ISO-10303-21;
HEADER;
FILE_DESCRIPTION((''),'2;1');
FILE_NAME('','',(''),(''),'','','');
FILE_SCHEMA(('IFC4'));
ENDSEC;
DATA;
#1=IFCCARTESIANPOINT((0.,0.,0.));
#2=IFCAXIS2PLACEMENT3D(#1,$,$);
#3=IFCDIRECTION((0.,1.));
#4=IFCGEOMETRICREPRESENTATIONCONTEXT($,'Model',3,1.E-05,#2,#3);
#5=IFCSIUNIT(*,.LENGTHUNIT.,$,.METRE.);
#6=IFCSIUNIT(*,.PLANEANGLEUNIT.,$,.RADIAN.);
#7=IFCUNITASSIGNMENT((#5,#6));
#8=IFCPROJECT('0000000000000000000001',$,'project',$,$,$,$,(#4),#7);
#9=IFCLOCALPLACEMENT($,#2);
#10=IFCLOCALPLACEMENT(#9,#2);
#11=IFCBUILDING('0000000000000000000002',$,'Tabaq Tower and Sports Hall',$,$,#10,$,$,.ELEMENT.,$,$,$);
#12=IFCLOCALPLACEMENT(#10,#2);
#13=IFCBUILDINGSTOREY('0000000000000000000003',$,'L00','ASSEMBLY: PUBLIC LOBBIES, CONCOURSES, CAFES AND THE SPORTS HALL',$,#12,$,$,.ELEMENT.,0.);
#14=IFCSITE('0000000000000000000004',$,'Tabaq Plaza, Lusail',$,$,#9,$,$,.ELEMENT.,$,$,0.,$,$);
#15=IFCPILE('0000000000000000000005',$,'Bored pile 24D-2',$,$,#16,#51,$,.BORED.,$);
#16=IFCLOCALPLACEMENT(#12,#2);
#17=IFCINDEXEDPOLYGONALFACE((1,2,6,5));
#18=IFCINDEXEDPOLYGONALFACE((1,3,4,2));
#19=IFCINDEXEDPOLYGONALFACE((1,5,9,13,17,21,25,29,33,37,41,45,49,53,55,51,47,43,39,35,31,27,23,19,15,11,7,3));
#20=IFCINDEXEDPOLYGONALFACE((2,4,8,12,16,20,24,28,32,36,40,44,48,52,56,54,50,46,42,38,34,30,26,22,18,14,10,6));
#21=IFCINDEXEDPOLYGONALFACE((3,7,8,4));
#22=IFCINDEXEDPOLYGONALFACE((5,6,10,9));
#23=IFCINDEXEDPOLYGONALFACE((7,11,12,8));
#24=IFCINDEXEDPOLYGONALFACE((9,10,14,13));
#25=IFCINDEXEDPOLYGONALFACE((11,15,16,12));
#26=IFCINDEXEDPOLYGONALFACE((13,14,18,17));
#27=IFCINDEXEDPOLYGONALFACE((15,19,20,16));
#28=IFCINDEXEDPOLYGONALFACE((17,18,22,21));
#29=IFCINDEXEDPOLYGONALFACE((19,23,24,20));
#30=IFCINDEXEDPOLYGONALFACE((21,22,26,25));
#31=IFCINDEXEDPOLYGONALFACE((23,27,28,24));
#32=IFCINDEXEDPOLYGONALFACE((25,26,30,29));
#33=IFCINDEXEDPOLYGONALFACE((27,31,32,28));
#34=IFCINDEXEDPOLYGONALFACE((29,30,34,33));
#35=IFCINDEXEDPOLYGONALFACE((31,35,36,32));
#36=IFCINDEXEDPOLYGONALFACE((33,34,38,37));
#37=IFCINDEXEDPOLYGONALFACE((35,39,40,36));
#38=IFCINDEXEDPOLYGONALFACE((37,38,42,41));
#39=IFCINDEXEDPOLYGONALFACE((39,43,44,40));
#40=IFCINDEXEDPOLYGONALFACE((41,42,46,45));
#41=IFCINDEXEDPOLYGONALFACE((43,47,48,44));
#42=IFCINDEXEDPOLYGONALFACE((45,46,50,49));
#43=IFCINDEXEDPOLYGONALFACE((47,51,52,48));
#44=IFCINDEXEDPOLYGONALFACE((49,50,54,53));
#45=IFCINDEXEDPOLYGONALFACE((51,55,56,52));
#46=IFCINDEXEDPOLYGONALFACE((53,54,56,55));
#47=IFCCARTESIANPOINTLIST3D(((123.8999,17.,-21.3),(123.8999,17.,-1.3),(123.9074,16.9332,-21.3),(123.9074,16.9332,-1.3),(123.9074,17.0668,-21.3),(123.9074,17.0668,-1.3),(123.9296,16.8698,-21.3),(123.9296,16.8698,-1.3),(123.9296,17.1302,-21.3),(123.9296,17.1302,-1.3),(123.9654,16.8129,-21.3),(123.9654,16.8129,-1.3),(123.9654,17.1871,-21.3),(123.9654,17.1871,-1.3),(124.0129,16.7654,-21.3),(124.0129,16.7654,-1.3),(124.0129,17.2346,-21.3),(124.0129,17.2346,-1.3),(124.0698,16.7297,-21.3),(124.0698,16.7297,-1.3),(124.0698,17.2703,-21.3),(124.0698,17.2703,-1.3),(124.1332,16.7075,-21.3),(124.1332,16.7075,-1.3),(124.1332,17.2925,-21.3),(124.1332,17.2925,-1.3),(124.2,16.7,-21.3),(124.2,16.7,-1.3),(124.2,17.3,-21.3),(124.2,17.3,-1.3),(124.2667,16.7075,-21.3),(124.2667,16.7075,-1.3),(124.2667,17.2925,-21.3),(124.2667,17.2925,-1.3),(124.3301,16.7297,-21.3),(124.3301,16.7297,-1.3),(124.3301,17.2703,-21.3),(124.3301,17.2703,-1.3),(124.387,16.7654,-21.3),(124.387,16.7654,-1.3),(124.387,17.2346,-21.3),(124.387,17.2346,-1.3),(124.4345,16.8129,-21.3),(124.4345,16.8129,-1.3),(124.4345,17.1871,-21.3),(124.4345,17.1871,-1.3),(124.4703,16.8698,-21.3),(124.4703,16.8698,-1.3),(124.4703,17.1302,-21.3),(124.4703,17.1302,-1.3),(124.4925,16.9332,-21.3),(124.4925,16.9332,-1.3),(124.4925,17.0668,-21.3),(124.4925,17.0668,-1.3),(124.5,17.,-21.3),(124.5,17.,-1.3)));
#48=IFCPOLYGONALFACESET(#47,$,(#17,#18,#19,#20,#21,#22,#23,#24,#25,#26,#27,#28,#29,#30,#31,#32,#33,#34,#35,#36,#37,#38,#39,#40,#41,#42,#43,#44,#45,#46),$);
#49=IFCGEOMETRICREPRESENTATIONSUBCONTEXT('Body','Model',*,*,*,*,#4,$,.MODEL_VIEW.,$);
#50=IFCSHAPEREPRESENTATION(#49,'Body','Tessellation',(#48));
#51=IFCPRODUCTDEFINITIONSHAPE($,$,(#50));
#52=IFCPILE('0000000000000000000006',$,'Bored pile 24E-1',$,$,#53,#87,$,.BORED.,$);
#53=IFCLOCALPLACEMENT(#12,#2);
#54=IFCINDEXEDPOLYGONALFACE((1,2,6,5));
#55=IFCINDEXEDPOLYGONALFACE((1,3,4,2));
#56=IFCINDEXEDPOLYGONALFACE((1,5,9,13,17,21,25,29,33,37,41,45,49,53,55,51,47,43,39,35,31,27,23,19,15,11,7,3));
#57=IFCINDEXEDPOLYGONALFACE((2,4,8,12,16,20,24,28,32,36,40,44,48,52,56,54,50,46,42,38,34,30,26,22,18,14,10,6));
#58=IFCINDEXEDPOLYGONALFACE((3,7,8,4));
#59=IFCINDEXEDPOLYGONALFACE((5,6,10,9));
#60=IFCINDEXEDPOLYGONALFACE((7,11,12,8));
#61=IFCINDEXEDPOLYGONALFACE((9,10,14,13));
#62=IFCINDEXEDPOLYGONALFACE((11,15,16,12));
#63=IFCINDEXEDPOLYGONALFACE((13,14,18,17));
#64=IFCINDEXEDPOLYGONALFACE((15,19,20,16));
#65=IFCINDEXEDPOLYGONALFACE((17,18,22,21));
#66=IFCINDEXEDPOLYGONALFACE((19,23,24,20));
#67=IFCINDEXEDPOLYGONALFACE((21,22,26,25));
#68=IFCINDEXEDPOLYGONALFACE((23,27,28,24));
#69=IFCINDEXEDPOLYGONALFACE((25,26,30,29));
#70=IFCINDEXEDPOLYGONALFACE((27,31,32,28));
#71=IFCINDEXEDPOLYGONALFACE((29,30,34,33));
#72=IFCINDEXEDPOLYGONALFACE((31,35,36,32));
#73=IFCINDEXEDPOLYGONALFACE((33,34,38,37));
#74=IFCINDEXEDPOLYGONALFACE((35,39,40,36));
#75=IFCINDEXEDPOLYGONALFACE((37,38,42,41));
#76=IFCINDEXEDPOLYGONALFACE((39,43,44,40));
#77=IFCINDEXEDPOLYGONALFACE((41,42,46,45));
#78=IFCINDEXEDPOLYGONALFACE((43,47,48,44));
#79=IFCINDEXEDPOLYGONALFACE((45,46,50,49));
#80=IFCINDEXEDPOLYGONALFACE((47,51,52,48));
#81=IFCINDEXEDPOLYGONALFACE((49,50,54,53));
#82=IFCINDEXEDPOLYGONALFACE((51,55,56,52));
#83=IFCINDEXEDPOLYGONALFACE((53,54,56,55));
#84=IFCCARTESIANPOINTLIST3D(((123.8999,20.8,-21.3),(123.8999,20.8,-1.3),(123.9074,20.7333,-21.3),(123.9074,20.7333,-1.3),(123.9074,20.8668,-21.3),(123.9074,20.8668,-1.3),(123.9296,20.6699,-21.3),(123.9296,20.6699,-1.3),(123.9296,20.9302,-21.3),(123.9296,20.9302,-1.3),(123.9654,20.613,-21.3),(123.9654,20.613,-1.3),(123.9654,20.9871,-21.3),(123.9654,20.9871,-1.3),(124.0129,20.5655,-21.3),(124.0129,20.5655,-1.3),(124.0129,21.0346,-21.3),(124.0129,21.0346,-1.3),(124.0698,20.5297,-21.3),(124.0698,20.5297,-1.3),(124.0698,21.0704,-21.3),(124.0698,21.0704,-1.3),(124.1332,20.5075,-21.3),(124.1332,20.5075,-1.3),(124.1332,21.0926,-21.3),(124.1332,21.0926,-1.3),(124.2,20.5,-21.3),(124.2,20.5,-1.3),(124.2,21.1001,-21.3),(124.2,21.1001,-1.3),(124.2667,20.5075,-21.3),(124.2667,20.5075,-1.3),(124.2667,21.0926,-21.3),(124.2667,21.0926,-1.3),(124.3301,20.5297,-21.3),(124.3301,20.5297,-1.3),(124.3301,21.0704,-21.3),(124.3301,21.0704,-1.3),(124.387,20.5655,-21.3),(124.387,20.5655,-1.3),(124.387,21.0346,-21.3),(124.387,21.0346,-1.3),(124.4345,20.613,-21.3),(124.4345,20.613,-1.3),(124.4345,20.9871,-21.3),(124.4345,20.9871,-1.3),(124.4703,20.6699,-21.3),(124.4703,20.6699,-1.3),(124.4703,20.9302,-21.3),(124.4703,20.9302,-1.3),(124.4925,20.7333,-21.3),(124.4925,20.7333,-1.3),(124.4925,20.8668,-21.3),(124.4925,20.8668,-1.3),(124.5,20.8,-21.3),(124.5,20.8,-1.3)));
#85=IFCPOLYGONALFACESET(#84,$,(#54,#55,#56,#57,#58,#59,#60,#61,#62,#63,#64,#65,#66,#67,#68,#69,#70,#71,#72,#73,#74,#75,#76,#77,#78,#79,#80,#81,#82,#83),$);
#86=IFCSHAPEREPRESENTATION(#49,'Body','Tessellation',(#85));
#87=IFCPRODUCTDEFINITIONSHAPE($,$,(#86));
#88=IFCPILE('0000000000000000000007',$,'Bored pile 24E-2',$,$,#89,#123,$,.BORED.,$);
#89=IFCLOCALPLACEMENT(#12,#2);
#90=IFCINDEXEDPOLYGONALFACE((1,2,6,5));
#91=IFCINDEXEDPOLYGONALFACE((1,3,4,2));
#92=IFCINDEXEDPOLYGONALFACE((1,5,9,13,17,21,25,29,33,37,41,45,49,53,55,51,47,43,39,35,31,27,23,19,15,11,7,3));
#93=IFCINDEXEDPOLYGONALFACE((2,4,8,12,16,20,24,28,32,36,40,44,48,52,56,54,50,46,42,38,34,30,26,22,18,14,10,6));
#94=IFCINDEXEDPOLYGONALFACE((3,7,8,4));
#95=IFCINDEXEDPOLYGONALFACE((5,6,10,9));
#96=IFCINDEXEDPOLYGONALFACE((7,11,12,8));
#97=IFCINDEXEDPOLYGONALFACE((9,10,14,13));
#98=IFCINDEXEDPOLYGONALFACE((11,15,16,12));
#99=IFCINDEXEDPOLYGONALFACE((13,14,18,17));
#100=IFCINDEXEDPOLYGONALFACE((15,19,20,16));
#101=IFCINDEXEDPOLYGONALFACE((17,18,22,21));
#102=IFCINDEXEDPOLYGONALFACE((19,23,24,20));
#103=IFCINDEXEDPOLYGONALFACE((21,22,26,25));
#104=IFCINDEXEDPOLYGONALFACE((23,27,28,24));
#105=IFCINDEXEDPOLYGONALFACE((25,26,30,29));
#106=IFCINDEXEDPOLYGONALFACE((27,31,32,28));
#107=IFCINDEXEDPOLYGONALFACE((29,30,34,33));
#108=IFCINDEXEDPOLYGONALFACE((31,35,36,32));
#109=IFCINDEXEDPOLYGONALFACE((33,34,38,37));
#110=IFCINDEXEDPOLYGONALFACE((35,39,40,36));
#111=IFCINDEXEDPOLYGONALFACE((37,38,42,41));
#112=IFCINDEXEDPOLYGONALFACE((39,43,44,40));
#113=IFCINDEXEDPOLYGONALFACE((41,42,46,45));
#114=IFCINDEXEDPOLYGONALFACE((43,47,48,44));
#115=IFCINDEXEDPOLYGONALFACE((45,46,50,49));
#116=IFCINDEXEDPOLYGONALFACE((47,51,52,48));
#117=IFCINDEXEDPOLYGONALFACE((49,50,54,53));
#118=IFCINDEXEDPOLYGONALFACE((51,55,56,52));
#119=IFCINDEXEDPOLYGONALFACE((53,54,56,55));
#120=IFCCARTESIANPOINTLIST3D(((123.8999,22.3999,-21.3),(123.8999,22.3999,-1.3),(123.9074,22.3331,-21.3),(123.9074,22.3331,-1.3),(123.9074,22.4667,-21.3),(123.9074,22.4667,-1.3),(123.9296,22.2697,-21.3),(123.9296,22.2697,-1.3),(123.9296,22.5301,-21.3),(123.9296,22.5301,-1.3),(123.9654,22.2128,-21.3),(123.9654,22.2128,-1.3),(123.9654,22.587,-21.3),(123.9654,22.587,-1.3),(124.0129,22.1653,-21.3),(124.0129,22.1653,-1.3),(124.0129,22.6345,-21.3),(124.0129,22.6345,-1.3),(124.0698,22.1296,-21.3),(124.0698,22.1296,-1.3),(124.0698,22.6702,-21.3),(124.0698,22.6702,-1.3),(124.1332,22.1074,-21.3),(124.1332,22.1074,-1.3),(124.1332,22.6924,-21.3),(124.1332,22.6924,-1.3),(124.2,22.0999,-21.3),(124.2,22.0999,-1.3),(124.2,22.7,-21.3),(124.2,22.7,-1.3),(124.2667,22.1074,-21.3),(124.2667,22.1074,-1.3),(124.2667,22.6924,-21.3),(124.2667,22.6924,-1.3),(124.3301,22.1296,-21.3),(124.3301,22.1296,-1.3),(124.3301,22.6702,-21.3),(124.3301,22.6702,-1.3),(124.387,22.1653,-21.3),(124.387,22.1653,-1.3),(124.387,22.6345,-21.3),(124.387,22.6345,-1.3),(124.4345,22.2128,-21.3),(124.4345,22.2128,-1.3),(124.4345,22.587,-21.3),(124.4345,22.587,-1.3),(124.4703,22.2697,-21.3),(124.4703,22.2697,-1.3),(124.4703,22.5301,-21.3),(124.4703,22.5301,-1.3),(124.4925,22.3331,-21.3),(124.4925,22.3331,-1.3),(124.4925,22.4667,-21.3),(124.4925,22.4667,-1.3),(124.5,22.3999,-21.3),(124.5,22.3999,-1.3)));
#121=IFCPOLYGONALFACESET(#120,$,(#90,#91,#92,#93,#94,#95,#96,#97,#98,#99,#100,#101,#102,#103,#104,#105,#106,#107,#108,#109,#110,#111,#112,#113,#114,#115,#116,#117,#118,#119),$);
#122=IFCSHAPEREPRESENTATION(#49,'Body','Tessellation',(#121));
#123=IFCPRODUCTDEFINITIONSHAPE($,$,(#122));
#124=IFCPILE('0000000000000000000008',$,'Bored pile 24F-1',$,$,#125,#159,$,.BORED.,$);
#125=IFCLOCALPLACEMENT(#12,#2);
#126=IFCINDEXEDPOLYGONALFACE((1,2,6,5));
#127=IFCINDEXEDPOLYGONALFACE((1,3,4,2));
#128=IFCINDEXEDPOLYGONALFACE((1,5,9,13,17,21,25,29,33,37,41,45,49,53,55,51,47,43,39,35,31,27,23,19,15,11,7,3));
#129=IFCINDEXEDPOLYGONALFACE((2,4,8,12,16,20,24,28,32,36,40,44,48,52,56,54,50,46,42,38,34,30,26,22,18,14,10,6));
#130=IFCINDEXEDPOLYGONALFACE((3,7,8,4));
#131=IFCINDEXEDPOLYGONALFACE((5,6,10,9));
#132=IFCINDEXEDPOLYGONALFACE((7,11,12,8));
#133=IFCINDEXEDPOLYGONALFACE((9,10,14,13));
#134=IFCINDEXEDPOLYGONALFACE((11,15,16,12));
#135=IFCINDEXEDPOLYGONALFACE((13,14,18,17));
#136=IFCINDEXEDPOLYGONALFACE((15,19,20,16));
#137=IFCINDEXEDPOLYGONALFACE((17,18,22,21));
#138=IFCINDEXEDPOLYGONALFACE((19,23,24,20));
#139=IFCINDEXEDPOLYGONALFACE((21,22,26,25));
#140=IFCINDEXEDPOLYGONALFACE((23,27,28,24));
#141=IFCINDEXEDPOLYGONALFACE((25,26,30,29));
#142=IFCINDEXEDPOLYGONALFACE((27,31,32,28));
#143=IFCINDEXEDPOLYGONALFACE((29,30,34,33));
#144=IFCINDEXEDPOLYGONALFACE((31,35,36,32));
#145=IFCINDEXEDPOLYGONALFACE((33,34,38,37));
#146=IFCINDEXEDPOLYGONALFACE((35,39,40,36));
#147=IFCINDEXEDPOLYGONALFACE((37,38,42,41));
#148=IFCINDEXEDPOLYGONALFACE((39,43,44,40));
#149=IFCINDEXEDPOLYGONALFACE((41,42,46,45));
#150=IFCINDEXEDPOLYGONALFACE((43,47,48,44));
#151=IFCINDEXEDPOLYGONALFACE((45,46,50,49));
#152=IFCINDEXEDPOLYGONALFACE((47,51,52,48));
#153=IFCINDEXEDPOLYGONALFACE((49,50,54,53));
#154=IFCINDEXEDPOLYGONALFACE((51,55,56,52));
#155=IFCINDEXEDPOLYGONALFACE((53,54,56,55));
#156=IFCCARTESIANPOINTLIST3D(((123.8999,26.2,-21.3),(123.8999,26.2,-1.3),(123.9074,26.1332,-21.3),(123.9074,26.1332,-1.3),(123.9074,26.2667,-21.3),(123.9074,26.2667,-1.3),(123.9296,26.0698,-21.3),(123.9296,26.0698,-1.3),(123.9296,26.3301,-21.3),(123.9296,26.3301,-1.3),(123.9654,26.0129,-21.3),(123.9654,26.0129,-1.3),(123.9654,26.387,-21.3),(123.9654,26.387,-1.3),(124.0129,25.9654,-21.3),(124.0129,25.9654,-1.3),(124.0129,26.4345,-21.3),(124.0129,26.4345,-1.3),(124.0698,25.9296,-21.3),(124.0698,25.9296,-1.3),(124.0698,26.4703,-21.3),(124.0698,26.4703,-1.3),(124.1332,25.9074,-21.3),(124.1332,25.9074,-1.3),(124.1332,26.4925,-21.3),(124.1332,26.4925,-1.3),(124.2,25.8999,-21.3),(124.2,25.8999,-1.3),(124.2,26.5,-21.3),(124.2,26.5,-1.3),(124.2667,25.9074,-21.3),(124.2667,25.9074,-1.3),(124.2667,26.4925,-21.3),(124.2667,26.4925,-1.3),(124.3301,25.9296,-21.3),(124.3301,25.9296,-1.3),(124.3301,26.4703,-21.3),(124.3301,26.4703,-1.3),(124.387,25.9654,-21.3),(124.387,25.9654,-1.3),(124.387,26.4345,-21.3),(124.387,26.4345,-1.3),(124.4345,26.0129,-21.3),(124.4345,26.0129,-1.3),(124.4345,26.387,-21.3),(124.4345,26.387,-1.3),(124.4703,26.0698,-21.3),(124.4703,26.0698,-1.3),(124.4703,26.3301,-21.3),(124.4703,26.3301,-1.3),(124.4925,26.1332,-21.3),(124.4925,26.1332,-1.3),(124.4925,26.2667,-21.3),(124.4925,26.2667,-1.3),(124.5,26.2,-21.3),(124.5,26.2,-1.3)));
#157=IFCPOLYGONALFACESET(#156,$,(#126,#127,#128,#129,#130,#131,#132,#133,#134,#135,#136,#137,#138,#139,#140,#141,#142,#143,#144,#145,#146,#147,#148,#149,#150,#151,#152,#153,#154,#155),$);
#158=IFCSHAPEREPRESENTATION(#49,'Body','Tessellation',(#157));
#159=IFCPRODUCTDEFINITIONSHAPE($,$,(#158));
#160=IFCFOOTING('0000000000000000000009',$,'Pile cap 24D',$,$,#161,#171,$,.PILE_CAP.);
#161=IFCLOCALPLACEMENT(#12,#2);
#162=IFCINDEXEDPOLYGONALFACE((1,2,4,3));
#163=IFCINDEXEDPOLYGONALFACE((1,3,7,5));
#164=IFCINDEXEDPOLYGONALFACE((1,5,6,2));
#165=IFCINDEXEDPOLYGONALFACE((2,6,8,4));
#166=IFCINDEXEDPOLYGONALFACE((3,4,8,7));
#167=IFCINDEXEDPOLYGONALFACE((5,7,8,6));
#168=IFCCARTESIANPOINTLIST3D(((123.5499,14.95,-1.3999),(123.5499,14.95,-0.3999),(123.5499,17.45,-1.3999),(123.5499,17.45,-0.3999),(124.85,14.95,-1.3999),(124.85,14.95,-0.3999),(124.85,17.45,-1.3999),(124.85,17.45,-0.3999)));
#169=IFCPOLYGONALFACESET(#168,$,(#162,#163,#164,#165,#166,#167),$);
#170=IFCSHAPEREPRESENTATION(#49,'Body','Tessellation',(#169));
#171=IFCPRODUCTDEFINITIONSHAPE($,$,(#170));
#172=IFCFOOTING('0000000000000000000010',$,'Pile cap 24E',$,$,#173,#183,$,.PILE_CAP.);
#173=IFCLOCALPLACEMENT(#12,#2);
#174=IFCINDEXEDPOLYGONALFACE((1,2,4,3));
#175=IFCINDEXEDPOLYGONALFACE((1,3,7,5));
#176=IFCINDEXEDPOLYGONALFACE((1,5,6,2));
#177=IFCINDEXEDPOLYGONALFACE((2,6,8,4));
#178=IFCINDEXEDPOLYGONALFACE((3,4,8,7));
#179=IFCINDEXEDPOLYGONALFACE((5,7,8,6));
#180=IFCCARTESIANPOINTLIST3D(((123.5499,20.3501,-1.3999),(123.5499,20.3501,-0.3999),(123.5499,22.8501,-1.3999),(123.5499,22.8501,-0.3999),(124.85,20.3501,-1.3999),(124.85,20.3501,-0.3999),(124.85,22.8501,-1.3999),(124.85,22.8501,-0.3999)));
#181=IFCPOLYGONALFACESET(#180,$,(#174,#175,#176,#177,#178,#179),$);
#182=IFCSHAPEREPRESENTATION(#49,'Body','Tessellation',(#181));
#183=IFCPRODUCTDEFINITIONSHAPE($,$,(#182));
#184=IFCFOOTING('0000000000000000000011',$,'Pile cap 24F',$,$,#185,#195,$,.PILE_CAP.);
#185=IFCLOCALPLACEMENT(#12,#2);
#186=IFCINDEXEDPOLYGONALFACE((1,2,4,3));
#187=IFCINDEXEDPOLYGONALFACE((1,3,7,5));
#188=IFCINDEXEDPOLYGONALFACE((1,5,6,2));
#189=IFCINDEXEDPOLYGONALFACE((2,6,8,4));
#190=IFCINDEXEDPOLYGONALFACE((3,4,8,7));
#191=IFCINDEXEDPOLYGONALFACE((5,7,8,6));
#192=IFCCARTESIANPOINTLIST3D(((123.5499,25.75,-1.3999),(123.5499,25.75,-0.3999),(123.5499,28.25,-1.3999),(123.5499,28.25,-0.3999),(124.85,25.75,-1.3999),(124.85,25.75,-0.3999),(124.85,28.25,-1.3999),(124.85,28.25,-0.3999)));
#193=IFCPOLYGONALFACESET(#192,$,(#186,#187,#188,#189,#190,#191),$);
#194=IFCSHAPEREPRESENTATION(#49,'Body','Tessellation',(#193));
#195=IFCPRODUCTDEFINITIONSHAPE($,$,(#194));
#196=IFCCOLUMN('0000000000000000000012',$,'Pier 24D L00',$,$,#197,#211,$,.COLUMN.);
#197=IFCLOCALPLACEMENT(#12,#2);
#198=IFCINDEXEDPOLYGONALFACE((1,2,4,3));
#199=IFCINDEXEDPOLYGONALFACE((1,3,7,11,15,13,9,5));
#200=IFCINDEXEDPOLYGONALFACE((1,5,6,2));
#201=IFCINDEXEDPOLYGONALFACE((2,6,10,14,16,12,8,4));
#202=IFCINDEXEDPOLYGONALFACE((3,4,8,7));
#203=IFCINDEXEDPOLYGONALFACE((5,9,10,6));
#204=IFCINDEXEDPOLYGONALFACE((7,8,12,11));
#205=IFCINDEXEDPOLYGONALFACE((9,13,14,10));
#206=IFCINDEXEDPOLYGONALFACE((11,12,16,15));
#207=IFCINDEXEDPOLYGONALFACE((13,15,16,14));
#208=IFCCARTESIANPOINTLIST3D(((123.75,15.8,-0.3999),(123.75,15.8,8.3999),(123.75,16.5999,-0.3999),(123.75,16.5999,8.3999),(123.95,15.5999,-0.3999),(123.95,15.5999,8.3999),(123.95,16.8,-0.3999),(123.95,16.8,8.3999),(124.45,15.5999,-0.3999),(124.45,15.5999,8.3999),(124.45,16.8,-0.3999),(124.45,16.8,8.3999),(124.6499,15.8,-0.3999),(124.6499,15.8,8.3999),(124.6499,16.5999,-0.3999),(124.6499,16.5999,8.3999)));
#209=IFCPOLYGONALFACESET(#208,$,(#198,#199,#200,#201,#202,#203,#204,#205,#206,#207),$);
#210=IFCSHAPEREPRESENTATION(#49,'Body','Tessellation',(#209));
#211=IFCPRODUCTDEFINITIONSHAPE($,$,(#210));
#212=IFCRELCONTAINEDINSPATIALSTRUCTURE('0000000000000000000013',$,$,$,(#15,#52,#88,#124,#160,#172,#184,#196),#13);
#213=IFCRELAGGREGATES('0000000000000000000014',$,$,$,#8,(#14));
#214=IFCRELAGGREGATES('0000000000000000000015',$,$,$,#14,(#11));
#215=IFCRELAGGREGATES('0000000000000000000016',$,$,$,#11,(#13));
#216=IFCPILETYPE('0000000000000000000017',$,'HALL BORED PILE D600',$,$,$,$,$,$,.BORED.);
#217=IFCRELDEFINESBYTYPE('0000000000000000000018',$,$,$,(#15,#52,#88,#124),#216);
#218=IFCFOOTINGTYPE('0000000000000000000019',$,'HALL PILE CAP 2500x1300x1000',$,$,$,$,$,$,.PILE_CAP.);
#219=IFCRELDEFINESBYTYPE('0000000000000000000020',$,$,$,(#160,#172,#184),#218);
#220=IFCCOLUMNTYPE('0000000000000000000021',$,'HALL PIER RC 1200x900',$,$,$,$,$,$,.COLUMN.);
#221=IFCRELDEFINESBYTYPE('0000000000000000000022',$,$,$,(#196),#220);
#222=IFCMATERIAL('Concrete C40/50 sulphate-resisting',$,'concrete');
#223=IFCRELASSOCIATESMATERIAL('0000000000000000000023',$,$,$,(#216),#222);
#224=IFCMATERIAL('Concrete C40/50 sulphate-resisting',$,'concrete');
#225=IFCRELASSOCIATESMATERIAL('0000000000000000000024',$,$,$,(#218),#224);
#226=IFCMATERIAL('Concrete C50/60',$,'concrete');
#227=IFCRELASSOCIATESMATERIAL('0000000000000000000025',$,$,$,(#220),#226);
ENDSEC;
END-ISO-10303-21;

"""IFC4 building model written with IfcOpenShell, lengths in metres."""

from ifc_helpers import new_model, si_unit, direction, frame, origin, origin_2d, place, context, subcontext, project, spatial, polyline, rectangle, circle, outline, extrude, material, material_profile, profile_set, type_object, element, save


model = new_model("IFC4")

# Units and contexts
model_context = context("Model", 3, precision=1e-05, world=origin(), true_north=direction((0.0, 1.0)))
body_context = subcontext(model_context, "Body", "Model", "MODEL_VIEW")
ifc_project = project(units=[si_unit("LENGTHUNIT", "METRE"), si_unit("PLANEANGLEUNIT", "RADIAN")], contexts=[model_context])

# Site, building, storey
site_placement = place(None, origin())
site = spatial("IfcSite", under=ifc_project, at=site_placement, Name="Tabaq Plaza, Lusail", CompositionType="ELEMENT", RefElevation=0.0)
building_placement = place(site_placement, origin())
building = spatial("IfcBuilding", under=site, at=building_placement, Name="Tabaq Tower and Sports Hall", CompositionType="ELEMENT")
storey_placement = place(building_placement, origin())
storey = spatial("IfcBuildingStorey", under=building, at=storey_placement, Name="L00", Description="ASSEMBLY: PUBLIC LOBBIES, CONCOURSES, CAFES AND THE SPORTS HALL", CompositionType="ELEMENT", Elevation=0.0)

# Piles
ifc_material_1 = material(Name="Concrete C40/50 sulphate-resisting", Category="concrete")
ifc_material_profile_1 = material_profile(ifc_material_1, circle(Radius=0.3, at=origin_2d()), Name="D600")
ifc_profile_set_1 = profile_set([ifc_material_profile_1], Name="Concrete C40/50 sulphate-resisting")
pile_type = type_object("IfcPileType", Name="HALL BORED PILE D600", PredefinedType="BORED", material=ifc_profile_set_1)
for number, where, z_axis, x_axis, name in (
    (1, (124.2, 17.0, -1.3), (0.0, 0.0, -1.0), (1.0, 0.0, 0.0), "Bored pile 24D-2"),
    (2, (124.2, 20.8, -1.3), (0.0, 0.0, -1.0), (1.0, 0.0, 0.0), "Bored pile 24E-1"),
    (3, (124.2, 22.3999, -1.3), (0.0, 0.0, -1.0), (1.0, 0.0, 0.0), "Bored pile 24E-2"),
    (4, (124.2, 26.2, -1.3), (0.0, 0.0, -1.0), (1.0, 0.0, 0.0), "Bored pile 24F-1"),
):
    element("IfcPile", number, at=place(storey_placement, frame(where, z_axis=z_axis, x_axis=x_axis)), inside=storey, type_object=pile_type, Name=name, PredefinedType="BORED", context=body_context, shape_type="SweptSolid", body=[
        extrude(circle(Radius=0.3, at=origin_2d()), origin(), (0.0, 0.0, 1.0), 20.0),
    ])

# Footings
ifc_material_2 = material(Name="Concrete C40/50 sulphate-resisting", Category="concrete")
footing_type = type_object("IfcFootingType", Name="HALL PILE CAP 2500x1300x1000", PredefinedType="PILE_CAP", material=ifc_material_2)
for number, where, z_axis, x_axis, name in (
    (5, (124.2, 16.2, -1.3999), (0.0, 0.0, 1.0), (0.0, 1.0, 0.0), "Pile cap 24D"),
    (6, (124.2, 21.6001, -1.3999), (0.0, 0.0, 1.0), (0.0, 1.0, 0.0), "Pile cap 24E"),
    (7, (124.2, 27.0, -1.3999), (0.0, 0.0, 1.0), (0.0, 1.0, 0.0), "Pile cap 24F"),
):
    element("IfcFooting", number, at=place(storey_placement, frame(where, z_axis=z_axis, x_axis=x_axis)), inside=storey, type_object=footing_type, Name=name, PredefinedType="PILE_CAP", context=body_context, shape_type="SweptSolid", body=[
        extrude(rectangle(XDim=2.5, YDim=1.3, at=origin_2d()), origin(), (0.0, 0.0, 1.0), 1.0),
    ])

# Column
ifc_material_3 = material(Name="Concrete C50/60", Category="concrete")
ifc_material_profile_2 = material_profile(ifc_material_3, outline(polyline([(-0.3999, -0.45), (0.3999, -0.45), (0.6001, -0.25), (0.6001, 0.25), (0.3999, 0.45), (-0.3999, 0.45), (-0.6001, 0.25), (-0.6001, -0.25), (-0.3999, -0.45)])), Name="PIER 1200x900")
ifc_profile_set_2 = profile_set([ifc_material_profile_2], Name="Concrete C50/60")
column_type = type_object("IfcColumnType", Name="HALL PIER RC 1200x900", PredefinedType="COLUMN", material=ifc_profile_set_2)
for number, where, z_axis, x_axis, name in (
    (8, (124.2, 16.2, -0.3999), (0.0, 0.0, 1.0), (0.0, 1.0, 0.0), "Pier 24D L00"),
):
    element("IfcColumn", number, at=place(storey_placement, frame(where, z_axis=z_axis, x_axis=x_axis)), inside=storey, type_object=column_type, Name=name, PredefinedType="COLUMN", context=body_context, shape_type="SweptSolid", body=[
        extrude(outline(polyline([(-0.3999, -0.45), (0.3999, -0.45), (0.6001, -0.25), (0.6001, 0.25), (0.3999, 0.45), (-0.3999, 0.45), (-0.6001, 0.25), (-0.6001, -0.25), (-0.3999, -0.45)])), origin(), (0.0, 0.0, 1.0), 8.7998),
    ])

save(model, "model.ifc")
